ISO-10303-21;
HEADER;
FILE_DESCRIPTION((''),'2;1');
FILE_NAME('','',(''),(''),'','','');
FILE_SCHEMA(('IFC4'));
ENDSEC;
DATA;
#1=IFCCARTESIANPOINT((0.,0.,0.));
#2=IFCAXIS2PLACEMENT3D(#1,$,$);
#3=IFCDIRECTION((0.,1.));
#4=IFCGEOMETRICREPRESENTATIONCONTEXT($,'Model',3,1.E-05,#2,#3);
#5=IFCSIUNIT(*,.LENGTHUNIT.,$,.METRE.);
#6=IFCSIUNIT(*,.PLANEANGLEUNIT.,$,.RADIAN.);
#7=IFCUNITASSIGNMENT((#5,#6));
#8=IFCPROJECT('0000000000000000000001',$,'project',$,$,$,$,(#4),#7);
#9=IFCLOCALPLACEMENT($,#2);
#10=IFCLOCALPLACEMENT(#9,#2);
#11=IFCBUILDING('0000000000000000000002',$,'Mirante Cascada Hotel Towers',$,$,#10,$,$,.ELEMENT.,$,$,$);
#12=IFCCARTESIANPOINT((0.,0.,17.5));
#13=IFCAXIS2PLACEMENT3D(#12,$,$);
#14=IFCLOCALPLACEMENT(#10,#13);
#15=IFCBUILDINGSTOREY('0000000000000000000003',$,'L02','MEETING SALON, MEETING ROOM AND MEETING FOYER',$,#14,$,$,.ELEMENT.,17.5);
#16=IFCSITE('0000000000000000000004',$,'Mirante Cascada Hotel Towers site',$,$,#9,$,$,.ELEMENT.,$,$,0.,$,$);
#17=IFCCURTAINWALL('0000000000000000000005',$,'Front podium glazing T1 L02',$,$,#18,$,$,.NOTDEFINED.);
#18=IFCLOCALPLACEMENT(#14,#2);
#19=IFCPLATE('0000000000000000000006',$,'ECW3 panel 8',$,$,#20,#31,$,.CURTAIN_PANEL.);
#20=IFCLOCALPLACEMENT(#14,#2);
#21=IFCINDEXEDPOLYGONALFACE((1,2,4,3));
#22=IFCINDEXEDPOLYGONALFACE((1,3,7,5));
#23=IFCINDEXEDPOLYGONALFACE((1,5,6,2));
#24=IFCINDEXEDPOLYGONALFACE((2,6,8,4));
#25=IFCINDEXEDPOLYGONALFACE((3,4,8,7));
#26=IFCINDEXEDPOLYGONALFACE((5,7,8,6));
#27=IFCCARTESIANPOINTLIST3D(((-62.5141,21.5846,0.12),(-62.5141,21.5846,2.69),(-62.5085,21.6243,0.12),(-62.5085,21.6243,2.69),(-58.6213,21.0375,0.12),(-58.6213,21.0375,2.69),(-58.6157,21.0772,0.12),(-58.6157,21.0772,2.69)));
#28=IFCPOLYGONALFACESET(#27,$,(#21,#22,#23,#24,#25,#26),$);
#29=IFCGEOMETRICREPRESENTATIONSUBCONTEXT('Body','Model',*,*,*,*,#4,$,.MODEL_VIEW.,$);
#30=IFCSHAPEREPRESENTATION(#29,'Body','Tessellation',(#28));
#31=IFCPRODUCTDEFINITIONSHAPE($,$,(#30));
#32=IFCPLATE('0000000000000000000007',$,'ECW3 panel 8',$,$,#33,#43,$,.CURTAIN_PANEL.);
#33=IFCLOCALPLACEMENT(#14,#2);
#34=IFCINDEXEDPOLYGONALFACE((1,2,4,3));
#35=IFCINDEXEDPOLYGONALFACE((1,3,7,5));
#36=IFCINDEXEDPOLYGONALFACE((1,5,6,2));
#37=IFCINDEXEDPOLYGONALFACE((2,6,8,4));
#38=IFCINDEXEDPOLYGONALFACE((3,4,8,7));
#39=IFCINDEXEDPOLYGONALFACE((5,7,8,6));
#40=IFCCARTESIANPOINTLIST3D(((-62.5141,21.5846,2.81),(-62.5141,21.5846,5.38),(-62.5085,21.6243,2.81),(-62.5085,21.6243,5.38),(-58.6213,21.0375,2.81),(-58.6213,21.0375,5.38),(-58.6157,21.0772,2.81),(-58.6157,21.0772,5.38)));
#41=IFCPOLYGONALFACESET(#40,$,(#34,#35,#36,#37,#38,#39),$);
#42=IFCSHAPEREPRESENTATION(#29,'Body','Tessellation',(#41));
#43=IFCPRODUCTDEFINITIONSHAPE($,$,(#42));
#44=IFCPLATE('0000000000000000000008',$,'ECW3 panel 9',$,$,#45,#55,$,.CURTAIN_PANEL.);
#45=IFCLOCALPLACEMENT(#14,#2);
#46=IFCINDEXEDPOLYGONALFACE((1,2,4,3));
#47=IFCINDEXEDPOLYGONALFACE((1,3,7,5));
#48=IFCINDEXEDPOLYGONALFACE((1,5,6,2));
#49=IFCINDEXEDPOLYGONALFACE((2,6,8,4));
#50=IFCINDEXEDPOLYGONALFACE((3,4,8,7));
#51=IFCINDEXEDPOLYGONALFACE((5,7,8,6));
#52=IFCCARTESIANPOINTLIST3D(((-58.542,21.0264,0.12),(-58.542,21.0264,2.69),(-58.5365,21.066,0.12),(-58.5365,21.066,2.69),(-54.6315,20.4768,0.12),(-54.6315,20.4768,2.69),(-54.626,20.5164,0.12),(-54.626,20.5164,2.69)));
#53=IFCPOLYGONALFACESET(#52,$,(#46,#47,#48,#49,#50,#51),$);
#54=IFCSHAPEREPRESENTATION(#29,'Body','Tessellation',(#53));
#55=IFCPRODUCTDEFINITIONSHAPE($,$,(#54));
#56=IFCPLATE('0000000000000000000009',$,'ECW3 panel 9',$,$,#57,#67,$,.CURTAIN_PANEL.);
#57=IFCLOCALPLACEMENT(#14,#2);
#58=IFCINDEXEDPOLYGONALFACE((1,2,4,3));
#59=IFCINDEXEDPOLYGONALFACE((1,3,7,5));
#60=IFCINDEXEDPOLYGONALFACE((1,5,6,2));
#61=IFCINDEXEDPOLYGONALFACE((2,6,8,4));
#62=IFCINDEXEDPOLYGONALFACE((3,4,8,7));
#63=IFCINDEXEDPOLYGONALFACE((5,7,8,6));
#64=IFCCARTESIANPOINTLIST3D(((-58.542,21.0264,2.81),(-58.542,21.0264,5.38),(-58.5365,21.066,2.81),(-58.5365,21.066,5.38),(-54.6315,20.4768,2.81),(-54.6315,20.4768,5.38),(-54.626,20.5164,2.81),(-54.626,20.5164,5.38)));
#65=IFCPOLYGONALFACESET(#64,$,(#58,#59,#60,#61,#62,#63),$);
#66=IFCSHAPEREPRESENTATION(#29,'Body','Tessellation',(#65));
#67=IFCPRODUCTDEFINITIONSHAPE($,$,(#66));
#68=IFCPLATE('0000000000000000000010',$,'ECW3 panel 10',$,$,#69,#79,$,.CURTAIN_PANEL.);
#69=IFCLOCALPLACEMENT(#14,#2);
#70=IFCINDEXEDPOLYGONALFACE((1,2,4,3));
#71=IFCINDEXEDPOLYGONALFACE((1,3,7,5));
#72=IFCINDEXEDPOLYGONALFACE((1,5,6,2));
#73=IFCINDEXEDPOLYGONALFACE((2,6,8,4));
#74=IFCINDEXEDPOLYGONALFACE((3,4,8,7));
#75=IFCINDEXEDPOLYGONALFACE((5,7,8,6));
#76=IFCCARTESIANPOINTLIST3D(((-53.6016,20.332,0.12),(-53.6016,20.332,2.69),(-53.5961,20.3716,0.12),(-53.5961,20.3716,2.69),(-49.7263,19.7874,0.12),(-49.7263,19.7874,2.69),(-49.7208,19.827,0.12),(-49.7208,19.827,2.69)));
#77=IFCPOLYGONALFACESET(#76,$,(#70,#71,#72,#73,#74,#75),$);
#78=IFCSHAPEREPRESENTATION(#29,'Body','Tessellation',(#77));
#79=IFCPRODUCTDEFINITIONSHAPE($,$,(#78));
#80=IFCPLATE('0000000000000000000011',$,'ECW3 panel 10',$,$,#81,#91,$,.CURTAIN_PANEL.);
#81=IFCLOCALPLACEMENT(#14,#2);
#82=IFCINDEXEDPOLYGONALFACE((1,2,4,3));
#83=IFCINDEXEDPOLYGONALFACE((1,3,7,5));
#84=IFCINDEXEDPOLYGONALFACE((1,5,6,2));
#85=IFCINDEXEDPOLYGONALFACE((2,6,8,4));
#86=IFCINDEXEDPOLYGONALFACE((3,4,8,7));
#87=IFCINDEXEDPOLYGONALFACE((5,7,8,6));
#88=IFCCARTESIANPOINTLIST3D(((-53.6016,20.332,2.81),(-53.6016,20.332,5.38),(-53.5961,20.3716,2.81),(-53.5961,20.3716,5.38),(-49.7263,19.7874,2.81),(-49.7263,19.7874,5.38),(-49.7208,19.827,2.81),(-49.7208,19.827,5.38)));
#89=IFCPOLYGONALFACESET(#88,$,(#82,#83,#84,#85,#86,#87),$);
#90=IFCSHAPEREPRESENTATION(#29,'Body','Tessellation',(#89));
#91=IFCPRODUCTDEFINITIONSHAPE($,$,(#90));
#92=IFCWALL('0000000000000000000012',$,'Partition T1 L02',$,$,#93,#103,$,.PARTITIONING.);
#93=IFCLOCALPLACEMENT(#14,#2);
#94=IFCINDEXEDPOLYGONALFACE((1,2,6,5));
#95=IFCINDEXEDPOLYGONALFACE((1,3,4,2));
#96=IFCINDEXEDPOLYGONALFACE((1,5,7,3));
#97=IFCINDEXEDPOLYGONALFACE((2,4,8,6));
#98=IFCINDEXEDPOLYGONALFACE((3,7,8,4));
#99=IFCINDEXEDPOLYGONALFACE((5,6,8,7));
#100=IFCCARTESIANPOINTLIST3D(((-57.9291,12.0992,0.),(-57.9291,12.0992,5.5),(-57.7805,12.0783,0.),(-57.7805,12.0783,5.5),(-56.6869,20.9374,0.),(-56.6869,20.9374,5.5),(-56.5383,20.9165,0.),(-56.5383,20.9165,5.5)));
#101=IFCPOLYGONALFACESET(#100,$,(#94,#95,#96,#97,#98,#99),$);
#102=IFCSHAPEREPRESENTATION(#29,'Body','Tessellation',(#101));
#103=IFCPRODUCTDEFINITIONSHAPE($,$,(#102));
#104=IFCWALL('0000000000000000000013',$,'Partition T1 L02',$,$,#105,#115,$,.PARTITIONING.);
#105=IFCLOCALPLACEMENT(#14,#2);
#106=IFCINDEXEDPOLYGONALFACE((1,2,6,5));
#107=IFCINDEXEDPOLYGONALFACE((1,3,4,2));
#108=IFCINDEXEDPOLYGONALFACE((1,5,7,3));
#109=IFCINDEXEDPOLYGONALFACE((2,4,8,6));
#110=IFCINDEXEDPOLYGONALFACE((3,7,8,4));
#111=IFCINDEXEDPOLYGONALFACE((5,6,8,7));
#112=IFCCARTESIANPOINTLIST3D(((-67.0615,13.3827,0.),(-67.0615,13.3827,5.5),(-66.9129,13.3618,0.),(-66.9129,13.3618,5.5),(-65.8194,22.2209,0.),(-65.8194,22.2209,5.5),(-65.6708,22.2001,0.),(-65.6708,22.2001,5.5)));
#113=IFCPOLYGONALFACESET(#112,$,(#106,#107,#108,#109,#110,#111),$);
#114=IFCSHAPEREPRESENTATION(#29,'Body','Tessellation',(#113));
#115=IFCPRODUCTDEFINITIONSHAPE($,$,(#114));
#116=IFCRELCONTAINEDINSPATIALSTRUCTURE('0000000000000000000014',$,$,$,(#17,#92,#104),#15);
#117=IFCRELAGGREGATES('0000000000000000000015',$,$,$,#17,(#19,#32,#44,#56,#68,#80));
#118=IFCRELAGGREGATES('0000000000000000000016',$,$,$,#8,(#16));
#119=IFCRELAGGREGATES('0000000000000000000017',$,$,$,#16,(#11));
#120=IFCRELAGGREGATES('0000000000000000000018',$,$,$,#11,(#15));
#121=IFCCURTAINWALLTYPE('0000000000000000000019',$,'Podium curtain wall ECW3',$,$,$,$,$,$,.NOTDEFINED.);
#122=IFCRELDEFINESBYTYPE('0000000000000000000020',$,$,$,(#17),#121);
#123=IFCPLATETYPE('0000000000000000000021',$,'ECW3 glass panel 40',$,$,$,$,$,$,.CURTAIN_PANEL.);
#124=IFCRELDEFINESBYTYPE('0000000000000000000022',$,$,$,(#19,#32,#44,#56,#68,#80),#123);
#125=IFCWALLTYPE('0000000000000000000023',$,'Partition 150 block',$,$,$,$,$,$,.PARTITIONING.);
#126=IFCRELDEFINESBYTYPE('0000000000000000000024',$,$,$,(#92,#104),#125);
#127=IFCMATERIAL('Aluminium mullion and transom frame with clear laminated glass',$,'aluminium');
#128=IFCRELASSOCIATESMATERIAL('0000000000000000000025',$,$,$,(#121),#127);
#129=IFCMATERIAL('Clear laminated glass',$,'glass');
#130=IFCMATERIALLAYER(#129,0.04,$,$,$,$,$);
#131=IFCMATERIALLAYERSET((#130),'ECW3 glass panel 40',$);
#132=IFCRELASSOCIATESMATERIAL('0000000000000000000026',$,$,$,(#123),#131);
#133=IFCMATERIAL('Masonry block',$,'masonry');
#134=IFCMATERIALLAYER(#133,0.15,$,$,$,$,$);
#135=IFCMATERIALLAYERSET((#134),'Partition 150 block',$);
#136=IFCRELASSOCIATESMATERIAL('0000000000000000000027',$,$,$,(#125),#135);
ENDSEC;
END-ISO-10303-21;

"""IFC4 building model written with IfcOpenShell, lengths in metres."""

from ifc_helpers import new_model, si_unit, direction, frame, frame_2d, origin, origin_2d, place, context, subcontext, project, spatial, rectangle, extrude, material, layer, layer_set, type_object, element, aggregate, save


model = new_model("IFC4")

# Units and contexts
model_context = context("Model", 3, precision=1e-05, world=origin(), true_north=direction((0.0, 1.0)))
body_context = subcontext(model_context, "Body", "Model", "MODEL_VIEW")
ifc_project = project(units=[si_unit("LENGTHUNIT", "METRE"), si_unit("PLANEANGLEUNIT", "RADIAN")], contexts=[model_context])

# Site, building, storey
site_placement = place(None, origin())
site = spatial("IfcSite", under=ifc_project, at=site_placement, Name="Mirante Cascada Hotel Towers site", CompositionType="ELEMENT", RefElevation=0.0)
building_placement = place(site_placement, origin())
building = spatial("IfcBuilding", under=site, at=building_placement, Name="Mirante Cascada Hotel Towers", CompositionType="ELEMENT")
storey_placement = place(building_placement, frame((0.0, 0.0, 17.5)))
storey = spatial("IfcBuildingStorey", under=building, at=storey_placement, Name="L02", Description="MEETING SALON, MEETING ROOM AND MEETING FOYER", CompositionType="ELEMENT", Elevation=17.5)

# Curtain wall, plates
ifc_material_1 = material(Name="Aluminium mullion and transom frame with clear laminated glass", Category="aluminium")
curtain_wall_type = type_object("IfcCurtainWallType", Name="Podium curtain wall ECW3", PredefinedType="NOTDEFINED", material=ifc_material_1)
curtain_wall_placement = place(storey_placement, origin())
curtain_wall = element("IfcCurtainWall", 1, at=curtain_wall_placement, inside=storey, type_object=curtain_wall_type, Name="Front podium glazing T1 L02", PredefinedType="NOTDEFINED")
ifc_material_2 = material(Name="Clear laminated glass", Category="glass")
ifc_layer_1 = layer(ifc_material_2, 0.04)
ifc_layer_set_1 = layer_set([ifc_layer_1], Name="ECW3 glass panel 40")
plate_type = type_object("IfcPlateType", Name="ECW3 glass panel 40", PredefinedType="CURTAIN_PANEL", material=ifc_layer_set_1)
plate_1_placement = place(storey_placement, frame((-60.5649, 21.3309, 0.12), z_axis=(0.0, 0.0, 1.0), x_axis=(0.990268, -0.139173, 0.0)))
plate_1 = element("IfcPlate", 2, at=plate_1_placement, type_object=plate_type, Name="ECW3 panel 8", PredefinedType="CURTAIN_PANEL", context=body_context, shape_type="SweptSolid", body=[
    extrude(rectangle(XDim=3.9311, YDim=0.04, at=origin_2d()), origin(), (0.0, 0.0, 1.0), 2.57),
])
plate_2_placement = place(storey_placement, frame((-60.5649, 21.3309, 2.81), z_axis=(0.0, 0.0, 1.0), x_axis=(0.990268, -0.139173, 0.0)))
plate_2 = element("IfcPlate", 3, at=plate_2_placement, type_object=plate_type, Name="ECW3 panel 8", PredefinedType="CURTAIN_PANEL", context=body_context, shape_type="SweptSolid", body=[
    extrude(rectangle(XDim=3.9311, YDim=0.04, at=origin_2d()), origin(), (0.0, 0.0, 1.0), 2.57),
])
plate_3_placement = place(storey_placement, frame((-56.584, 20.7714, 0.12), z_axis=(0.0, 0.0, 1.0), x_axis=(0.990268, -0.139173, 0.0)))
plate_3 = element("IfcPlate", 4, at=plate_3_placement, type_object=plate_type, Name="ECW3 panel 9", PredefinedType="CURTAIN_PANEL", context=body_context, shape_type="SweptSolid", body=[
    extrude(rectangle(XDim=3.9489, YDim=0.04, at=origin_2d()), origin(), (0.0, 0.0, 1.0), 2.57),
])
plate_4_placement = place(storey_placement, frame((-56.584, 20.7714, 2.81), z_axis=(0.0, 0.0, 1.0), x_axis=(0.990268, -0.139173, 0.0)))
plate_4 = element("IfcPlate", 5, at=plate_4_placement, type_object=plate_type, Name="ECW3 panel 9", PredefinedType="CURTAIN_PANEL", context=body_context, shape_type="SweptSolid", body=[
    extrude(rectangle(XDim=3.9489, YDim=0.04, at=origin_2d()), origin(), (0.0, 0.0, 1.0), 2.57),
])
plate_5_placement = place(storey_placement, frame((-51.6612, 20.0795, 0.12), z_axis=(0.0, 0.0, 1.0), x_axis=(0.990268, -0.139173, 0.0)))
plate_5 = element("IfcPlate", 6, at=plate_5_placement, type_object=plate_type, Name="ECW3 panel 10", PredefinedType="CURTAIN_PANEL", context=body_context, shape_type="SweptSolid", body=[
    extrude(rectangle(XDim=3.9134, YDim=0.04, at=origin_2d()), origin(), (0.0, 0.0, 1.0), 2.57),
])
plate_6_placement = place(storey_placement, frame((-51.6612, 20.0795, 2.81), z_axis=(0.0, 0.0, 1.0), x_axis=(0.990268, -0.139173, 0.0)))
plate_6 = element("IfcPlate", 7, at=plate_6_placement, type_object=plate_type, Name="ECW3 panel 10", PredefinedType="CURTAIN_PANEL", context=body_context, shape_type="SweptSolid", body=[
    extrude(rectangle(XDim=3.9134, YDim=0.04, at=origin_2d()), origin(), (0.0, 0.0, 1.0), 2.57),
])
aggregate(curtain_wall, [plate_1, plate_2, plate_3, plate_4, plate_5, plate_6])

# Walls
ifc_material_3 = material(Name="Masonry block", Category="masonry")
ifc_layer_2 = layer(ifc_material_3, 0.15)
ifc_layer_set_2 = layer_set([ifc_layer_2], Name="Partition 150 block")
wall_type = type_object("IfcWallType", Name="Partition 150 block", PredefinedType="PARTITIONING", material=ifc_layer_set_2)
for number, where, z_axis, x_axis, name in (
    (8, (-57.8548, 12.0887, 0.0), (0.0, 0.0, 1.0), (0.139181, 0.990267, 0.0), "Partition T1 L02"),
    (9, (-66.9872, 13.3722, 0.0), (0.0, 0.0, 1.0), (0.13917, 0.990268, 0.0), "Partition T1 L02"),
):
    element("IfcWall", number, at=place(storey_placement, frame(where, z_axis=z_axis, x_axis=x_axis)), inside=storey, type_object=wall_type, Name=name, PredefinedType="PARTITIONING", context=body_context, shape_type="SweptSolid", body=[
        extrude(rectangle(XDim=8.9251, YDim=0.15, at=frame_2d((4.4626, 0.0))), origin(), (0.0, 0.0, 1.0), 5.5),
    ])

save(model, "model.ifc")
